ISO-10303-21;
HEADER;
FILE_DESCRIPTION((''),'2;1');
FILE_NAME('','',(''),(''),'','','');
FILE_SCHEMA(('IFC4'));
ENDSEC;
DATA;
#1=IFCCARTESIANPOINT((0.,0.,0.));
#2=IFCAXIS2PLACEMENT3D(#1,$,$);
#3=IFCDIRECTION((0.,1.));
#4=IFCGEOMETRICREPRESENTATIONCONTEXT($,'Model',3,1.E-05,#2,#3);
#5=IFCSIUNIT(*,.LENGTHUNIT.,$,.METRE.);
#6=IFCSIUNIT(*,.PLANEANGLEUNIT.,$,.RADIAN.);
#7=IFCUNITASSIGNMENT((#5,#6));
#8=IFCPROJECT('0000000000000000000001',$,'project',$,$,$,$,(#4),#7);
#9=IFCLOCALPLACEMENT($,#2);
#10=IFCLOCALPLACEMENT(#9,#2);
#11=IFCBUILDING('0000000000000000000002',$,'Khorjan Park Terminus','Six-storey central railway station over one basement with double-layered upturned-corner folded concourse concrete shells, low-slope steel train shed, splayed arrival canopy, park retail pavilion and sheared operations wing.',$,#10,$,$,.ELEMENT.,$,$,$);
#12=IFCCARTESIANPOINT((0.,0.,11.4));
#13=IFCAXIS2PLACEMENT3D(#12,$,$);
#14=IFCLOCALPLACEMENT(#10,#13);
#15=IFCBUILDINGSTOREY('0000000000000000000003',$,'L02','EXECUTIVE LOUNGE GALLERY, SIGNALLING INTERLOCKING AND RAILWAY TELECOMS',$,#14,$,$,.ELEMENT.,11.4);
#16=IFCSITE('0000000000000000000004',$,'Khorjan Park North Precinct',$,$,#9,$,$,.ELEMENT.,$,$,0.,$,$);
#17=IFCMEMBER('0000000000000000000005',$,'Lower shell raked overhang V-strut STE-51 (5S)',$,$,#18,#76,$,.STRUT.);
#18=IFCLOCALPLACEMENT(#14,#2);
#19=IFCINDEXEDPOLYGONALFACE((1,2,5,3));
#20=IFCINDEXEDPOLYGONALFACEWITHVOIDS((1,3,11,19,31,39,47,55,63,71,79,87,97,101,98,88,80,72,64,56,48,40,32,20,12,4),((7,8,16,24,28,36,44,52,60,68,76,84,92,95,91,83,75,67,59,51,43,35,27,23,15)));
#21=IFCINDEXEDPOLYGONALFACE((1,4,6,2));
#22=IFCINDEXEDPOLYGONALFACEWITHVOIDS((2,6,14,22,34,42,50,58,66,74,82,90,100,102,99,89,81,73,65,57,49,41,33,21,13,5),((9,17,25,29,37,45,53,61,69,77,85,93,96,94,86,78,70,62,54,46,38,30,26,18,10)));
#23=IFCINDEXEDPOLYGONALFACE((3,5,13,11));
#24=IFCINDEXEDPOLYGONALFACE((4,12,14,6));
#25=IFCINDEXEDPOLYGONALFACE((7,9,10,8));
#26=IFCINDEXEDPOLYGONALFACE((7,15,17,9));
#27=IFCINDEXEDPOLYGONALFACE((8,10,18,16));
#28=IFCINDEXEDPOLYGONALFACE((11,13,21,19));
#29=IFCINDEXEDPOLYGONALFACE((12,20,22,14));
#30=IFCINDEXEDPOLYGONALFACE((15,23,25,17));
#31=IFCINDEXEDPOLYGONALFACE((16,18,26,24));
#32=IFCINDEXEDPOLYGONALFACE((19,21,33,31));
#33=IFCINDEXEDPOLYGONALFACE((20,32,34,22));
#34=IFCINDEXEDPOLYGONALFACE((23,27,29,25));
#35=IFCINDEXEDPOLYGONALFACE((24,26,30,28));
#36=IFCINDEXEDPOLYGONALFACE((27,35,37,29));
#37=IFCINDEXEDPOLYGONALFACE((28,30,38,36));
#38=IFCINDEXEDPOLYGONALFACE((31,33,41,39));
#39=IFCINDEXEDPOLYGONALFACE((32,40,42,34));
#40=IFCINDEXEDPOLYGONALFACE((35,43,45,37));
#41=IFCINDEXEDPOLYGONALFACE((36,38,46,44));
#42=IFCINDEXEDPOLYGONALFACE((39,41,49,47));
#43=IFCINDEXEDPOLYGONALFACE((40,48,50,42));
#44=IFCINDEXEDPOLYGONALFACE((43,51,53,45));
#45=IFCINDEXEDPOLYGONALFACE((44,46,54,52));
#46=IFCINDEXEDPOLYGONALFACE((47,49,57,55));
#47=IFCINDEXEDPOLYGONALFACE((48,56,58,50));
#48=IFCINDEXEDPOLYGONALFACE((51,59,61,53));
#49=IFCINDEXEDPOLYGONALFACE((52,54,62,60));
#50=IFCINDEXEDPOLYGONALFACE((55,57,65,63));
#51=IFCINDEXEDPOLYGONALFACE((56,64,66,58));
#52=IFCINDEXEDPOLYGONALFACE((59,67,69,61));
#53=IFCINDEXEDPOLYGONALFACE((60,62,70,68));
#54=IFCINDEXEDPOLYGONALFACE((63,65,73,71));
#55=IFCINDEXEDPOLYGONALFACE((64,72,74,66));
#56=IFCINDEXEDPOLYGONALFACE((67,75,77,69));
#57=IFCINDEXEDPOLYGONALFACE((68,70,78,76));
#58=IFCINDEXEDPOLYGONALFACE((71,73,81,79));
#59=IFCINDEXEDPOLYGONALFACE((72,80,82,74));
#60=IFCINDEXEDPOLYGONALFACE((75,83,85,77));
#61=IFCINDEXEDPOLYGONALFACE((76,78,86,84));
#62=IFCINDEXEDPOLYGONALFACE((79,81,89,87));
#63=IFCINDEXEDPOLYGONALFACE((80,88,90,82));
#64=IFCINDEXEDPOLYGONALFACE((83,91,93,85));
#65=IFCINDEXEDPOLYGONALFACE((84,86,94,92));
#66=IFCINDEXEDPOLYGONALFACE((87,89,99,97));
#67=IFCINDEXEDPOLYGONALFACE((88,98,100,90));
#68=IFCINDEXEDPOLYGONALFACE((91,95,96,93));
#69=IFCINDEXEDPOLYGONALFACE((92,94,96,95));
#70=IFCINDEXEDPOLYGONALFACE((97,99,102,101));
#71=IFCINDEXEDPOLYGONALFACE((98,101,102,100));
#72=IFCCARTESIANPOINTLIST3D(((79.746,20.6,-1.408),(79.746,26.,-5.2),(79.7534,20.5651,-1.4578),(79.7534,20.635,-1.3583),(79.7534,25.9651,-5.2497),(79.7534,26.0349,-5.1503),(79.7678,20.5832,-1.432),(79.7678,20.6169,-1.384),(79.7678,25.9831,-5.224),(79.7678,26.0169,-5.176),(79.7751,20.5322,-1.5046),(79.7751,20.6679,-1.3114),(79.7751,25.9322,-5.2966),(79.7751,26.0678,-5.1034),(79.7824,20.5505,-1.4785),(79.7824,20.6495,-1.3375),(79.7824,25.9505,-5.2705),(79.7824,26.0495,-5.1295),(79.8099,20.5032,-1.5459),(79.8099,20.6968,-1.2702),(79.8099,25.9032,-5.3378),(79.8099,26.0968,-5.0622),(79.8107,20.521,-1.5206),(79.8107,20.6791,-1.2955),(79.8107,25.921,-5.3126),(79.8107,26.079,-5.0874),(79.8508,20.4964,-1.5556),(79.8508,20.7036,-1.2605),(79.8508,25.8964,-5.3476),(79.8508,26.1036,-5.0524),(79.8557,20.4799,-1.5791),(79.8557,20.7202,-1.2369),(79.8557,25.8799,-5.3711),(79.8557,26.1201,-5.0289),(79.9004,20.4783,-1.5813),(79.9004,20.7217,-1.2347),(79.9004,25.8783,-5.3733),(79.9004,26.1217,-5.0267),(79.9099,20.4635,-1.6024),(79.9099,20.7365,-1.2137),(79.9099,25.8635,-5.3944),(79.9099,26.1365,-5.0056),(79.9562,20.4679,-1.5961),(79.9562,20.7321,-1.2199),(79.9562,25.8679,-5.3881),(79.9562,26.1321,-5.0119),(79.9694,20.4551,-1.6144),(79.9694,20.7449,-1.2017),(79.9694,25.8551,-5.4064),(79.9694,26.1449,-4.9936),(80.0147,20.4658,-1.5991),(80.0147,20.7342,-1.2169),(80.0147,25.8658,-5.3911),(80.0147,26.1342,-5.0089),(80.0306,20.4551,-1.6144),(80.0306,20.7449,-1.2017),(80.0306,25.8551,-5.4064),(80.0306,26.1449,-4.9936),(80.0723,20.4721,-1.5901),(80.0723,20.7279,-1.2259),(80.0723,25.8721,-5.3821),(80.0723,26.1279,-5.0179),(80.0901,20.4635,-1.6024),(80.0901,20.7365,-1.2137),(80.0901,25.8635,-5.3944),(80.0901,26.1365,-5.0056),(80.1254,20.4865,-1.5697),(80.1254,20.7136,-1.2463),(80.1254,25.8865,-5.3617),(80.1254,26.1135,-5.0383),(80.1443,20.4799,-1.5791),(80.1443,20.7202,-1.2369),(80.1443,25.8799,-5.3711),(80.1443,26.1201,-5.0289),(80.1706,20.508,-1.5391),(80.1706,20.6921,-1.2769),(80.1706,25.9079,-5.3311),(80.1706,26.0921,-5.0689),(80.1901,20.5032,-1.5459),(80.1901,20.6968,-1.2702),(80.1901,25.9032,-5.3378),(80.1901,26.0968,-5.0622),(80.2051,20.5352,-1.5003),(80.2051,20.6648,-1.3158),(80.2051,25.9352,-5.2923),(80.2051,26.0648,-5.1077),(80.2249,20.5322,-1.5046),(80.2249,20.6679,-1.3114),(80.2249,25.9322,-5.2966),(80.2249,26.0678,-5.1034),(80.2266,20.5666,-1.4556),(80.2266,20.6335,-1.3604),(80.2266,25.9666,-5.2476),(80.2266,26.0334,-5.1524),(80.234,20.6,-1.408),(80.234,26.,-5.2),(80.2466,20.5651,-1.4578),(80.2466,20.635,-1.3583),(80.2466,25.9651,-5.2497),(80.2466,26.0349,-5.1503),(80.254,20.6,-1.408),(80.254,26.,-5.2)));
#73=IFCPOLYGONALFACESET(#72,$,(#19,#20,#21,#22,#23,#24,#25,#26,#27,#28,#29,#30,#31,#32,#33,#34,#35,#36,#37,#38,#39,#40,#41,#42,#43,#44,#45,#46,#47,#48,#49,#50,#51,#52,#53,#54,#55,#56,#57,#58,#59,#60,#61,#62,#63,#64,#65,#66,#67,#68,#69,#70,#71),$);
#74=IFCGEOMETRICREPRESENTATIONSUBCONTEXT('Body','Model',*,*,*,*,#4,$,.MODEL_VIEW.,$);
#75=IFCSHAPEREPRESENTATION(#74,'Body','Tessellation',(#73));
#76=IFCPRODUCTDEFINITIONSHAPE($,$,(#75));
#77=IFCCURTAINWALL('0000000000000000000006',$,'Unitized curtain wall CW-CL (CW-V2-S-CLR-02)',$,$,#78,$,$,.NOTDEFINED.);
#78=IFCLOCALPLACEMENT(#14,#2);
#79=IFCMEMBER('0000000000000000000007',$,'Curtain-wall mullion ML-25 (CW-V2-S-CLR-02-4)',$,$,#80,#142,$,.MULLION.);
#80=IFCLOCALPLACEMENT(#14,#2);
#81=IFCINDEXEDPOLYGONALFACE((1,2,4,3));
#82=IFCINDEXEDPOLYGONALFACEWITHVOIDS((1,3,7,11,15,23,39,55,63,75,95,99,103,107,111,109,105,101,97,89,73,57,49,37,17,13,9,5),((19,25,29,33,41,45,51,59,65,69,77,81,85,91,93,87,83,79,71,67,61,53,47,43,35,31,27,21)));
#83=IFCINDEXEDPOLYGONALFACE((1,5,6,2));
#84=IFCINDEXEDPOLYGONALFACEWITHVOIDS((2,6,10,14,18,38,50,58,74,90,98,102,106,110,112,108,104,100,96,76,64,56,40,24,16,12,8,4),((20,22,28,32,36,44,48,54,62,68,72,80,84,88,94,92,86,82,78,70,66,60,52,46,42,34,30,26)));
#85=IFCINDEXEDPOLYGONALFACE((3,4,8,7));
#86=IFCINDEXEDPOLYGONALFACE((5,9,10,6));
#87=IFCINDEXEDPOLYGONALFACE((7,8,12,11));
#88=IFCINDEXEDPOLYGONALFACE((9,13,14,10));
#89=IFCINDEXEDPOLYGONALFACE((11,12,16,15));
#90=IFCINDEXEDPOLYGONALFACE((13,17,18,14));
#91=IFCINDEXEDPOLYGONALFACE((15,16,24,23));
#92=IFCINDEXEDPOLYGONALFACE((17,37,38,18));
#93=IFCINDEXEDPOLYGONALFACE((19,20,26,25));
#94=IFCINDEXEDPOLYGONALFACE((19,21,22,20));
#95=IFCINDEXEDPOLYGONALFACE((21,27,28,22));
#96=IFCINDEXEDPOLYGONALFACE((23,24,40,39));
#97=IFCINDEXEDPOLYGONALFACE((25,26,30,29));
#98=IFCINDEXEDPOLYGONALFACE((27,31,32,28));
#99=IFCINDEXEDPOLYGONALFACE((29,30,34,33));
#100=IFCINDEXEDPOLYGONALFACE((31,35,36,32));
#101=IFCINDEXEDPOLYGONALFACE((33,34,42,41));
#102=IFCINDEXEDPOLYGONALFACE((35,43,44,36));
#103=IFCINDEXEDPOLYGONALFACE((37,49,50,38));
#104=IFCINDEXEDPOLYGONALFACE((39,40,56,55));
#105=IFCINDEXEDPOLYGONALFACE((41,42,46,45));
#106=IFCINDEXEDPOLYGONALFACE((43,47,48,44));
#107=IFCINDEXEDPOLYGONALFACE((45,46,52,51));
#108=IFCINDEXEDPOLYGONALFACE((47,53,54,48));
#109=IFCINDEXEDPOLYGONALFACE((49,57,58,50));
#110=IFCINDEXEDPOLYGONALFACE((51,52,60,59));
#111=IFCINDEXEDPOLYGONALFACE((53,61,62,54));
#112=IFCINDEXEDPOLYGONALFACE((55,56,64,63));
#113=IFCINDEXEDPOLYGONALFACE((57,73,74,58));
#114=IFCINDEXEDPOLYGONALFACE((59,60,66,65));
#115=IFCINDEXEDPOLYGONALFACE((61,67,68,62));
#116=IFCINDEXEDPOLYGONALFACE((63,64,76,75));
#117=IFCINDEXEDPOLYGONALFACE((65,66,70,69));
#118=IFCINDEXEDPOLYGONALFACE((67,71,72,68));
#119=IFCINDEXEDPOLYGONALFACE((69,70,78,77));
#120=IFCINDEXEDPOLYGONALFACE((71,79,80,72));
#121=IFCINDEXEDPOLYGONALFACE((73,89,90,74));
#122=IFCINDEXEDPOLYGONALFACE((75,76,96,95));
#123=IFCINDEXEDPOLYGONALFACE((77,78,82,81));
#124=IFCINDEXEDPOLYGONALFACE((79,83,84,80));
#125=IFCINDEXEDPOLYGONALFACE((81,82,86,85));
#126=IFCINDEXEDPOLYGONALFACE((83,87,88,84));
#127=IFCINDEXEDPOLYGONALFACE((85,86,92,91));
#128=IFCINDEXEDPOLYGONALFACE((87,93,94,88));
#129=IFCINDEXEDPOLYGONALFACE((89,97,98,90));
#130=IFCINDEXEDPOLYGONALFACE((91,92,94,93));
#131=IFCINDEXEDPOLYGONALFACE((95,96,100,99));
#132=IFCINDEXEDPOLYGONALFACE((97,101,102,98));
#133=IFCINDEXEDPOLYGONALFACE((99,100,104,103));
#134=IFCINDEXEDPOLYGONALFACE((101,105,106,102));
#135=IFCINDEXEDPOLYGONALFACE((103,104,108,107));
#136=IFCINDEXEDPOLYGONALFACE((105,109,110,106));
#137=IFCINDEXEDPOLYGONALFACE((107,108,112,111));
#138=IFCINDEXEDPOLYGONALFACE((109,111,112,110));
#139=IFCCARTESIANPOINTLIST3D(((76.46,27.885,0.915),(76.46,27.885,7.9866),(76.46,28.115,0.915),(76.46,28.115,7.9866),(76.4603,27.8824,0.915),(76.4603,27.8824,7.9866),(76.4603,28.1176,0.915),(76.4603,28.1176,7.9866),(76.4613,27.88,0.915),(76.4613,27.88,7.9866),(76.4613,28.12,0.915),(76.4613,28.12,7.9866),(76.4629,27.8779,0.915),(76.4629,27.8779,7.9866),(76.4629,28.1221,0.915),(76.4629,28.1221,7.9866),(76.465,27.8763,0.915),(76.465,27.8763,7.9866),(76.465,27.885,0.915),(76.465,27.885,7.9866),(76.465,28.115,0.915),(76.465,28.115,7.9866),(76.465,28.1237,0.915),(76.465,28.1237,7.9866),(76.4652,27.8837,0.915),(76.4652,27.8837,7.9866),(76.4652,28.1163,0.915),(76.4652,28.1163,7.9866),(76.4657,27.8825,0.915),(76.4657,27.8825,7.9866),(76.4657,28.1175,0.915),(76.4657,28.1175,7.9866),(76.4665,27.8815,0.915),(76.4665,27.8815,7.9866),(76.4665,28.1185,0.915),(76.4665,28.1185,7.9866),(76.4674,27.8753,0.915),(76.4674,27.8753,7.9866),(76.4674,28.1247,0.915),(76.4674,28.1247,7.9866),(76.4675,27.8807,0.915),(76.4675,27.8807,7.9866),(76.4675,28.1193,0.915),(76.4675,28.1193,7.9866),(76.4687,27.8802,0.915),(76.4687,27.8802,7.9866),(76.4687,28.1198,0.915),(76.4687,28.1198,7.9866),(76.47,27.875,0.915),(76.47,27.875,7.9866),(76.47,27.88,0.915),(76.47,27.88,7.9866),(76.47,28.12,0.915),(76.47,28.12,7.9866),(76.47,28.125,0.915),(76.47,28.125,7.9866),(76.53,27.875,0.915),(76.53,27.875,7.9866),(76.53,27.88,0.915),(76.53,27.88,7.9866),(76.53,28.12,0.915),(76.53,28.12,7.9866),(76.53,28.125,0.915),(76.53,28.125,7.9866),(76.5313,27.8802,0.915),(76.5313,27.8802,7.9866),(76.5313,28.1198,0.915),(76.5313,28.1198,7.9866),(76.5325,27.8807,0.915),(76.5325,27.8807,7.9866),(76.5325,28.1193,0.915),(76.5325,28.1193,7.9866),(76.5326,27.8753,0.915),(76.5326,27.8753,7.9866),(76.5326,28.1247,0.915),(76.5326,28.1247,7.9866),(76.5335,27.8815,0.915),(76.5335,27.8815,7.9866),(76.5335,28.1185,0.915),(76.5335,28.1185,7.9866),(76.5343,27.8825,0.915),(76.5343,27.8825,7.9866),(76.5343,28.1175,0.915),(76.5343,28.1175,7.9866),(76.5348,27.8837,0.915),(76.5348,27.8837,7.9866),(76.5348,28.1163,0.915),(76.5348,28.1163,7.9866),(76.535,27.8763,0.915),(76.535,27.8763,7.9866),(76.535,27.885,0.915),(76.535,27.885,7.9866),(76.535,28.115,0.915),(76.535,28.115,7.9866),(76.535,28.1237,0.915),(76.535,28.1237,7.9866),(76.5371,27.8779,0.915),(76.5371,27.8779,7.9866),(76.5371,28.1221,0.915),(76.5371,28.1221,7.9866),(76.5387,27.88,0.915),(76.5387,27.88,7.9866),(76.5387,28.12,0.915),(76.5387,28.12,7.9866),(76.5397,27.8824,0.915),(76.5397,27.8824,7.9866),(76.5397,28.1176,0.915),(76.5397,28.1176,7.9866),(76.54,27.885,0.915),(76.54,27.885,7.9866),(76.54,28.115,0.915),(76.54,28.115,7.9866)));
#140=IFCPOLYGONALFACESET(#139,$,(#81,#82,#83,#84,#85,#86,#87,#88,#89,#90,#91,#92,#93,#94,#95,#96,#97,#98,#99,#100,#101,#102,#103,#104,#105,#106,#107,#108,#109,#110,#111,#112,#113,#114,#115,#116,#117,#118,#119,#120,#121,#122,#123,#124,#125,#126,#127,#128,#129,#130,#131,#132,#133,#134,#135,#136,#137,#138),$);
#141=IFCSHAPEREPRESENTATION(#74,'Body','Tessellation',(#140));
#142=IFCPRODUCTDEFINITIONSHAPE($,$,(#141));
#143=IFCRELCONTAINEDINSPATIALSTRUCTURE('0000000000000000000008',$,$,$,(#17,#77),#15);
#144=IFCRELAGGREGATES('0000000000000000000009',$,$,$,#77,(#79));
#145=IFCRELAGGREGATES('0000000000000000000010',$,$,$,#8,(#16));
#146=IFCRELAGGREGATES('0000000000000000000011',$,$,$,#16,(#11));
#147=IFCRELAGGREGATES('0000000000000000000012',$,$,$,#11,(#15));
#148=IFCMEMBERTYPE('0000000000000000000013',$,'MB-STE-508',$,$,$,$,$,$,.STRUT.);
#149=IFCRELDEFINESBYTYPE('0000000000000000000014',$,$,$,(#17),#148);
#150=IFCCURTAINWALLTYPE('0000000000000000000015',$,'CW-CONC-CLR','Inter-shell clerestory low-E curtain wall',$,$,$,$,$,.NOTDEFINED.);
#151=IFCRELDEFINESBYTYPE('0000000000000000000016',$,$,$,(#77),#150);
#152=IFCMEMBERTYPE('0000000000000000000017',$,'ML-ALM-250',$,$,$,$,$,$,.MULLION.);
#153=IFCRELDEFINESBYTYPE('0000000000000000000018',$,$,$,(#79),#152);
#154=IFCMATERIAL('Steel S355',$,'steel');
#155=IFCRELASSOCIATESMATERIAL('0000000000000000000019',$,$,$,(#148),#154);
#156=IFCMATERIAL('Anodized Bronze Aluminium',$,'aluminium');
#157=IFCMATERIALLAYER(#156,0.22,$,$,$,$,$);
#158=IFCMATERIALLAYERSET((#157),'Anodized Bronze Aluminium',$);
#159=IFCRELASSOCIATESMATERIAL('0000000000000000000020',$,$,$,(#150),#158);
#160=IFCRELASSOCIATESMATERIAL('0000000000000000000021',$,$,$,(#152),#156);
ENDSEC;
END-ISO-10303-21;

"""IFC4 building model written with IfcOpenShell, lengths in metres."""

from ifc_helpers import new_model, si_unit, direction, frame, origin, origin_2d, place, context, subcontext, project, spatial, hollow_rectangle, hollow_circle, extrude, material, layer, layer_set, material_profile, profile_set, type_object, element, aggregate, save


model = new_model("IFC4")

# Units and contexts
model_context = context("Model", 3, precision=1e-05, world=origin(), true_north=direction((0.0, 1.0)))
body_context = subcontext(model_context, "Body", "Model", "MODEL_VIEW")
ifc_project = project(units=[si_unit("LENGTHUNIT", "METRE"), si_unit("PLANEANGLEUNIT", "RADIAN")], contexts=[model_context])

# Site, building, storey
site_placement = place(None, origin())
site = spatial("IfcSite", under=ifc_project, at=site_placement, Name="Khorjan Park North Precinct", CompositionType="ELEMENT", RefElevation=0.0)
building_placement = place(site_placement, origin())
building = spatial("IfcBuilding", under=site, at=building_placement, Name="Khorjan Park Terminus", Description="Six-storey central railway station over one basement with double-layered upturned-corner folded concourse concrete shells, low-slope steel train shed, splayed arrival canopy, park retail pavilion and sheared operations wing.", CompositionType="ELEMENT")
storey_placement = place(building_placement, frame((0.0, 0.0, 11.4)))
storey = spatial("IfcBuildingStorey", under=building, at=storey_placement, Name="L02", Description="EXECUTIVE LOUNGE GALLERY, SIGNALLING INTERLOCKING AND RAILWAY TELECOMS", CompositionType="ELEMENT", Elevation=11.4)

# Member
ifc_material_1 = material(Name="Steel S355", Category="steel")
ifc_material_profile_1 = material_profile(ifc_material_1, hollow_circle(Radius=0.254, WallThickness=0.02, at=origin_2d()), Name="CHS 508x20")
ifc_profile_set_1 = profile_set([ifc_material_profile_1], Name="Steel S355")
member_type_1 = type_object("IfcMemberType", Name="MB-STE-508", PredefinedType="STRUT", material=ifc_profile_set_1)
member_1_placement = place(storey_placement, frame((80.0, 26.0, -5.2), z_axis=(0.0, -0.818377, 0.574682), x_axis=(1.0, 0.0, 0.0)))
element("IfcMember", 1, at=member_1_placement, inside=storey, type_object=member_type_1, Name="Lower shell raked overhang V-strut STE-51 (5S)", PredefinedType="STRUT", context=body_context, shape_type="SweptSolid", body=[
    extrude(hollow_circle(Radius=0.254, WallThickness=0.02, at=origin_2d()), origin(), (0.0, 0.0, 1.0), 6.5984),
])

# Curtain wall, member
ifc_material_2 = material(Name="Anodized Bronze Aluminium", Category="aluminium")
ifc_layer_1 = layer(ifc_material_2, 0.22)
ifc_layer_set_1 = layer_set([ifc_layer_1], Name="Anodized Bronze Aluminium")
curtain_wall_type = type_object("IfcCurtainWallType", Name="CW-CONC-CLR", Description="Inter-shell clerestory low-E curtain wall", PredefinedType="NOTDEFINED", material=ifc_layer_set_1)
curtain_wall_1_placement = place(storey_placement, origin())
curtain_wall_1 = element("IfcCurtainWall", 2, at=curtain_wall_1_placement, inside=storey, type_object=curtain_wall_type, Name="Unitized curtain wall CW-CL (CW-V2-S-CLR-02)", PredefinedType="NOTDEFINED")
ifc_material_profile_2 = material_profile(ifc_material_2, hollow_rectangle(XDim=0.08, YDim=0.25, WallThickness=0.005, InnerFilletRadius=0.005, OuterFilletRadius=0.01, at=origin_2d()), Name="ALM 80x250x5")
ifc_profile_set_2 = profile_set([ifc_material_profile_2], Name="Anodized Bronze Aluminium")
member_type_2 = type_object("IfcMemberType", Name="ML-ALM-250", PredefinedType="MULLION", material=ifc_profile_set_2)
member_2_placement = place(storey_placement, frame((76.5, 28.0, 0.915), z_axis=(0.0, 0.0, 1.0), x_axis=(1.0, 0.0, 0.0)))
member_2 = element("IfcMember", 3, at=member_2_placement, type_object=member_type_2, Name="Curtain-wall mullion ML-25 (CW-V2-S-CLR-02-4)", PredefinedType="MULLION", context=body_context, shape_type="SweptSolid", body=[
    extrude(hollow_rectangle(XDim=0.08, YDim=0.25, WallThickness=0.005, InnerFilletRadius=0.005, OuterFilletRadius=0.01, at=origin_2d()), origin(), (0.0, 0.0, 1.0), 7.0716),
])

aggregate(curtain_wall_1, [member_2])

save(model, "model.ifc")
